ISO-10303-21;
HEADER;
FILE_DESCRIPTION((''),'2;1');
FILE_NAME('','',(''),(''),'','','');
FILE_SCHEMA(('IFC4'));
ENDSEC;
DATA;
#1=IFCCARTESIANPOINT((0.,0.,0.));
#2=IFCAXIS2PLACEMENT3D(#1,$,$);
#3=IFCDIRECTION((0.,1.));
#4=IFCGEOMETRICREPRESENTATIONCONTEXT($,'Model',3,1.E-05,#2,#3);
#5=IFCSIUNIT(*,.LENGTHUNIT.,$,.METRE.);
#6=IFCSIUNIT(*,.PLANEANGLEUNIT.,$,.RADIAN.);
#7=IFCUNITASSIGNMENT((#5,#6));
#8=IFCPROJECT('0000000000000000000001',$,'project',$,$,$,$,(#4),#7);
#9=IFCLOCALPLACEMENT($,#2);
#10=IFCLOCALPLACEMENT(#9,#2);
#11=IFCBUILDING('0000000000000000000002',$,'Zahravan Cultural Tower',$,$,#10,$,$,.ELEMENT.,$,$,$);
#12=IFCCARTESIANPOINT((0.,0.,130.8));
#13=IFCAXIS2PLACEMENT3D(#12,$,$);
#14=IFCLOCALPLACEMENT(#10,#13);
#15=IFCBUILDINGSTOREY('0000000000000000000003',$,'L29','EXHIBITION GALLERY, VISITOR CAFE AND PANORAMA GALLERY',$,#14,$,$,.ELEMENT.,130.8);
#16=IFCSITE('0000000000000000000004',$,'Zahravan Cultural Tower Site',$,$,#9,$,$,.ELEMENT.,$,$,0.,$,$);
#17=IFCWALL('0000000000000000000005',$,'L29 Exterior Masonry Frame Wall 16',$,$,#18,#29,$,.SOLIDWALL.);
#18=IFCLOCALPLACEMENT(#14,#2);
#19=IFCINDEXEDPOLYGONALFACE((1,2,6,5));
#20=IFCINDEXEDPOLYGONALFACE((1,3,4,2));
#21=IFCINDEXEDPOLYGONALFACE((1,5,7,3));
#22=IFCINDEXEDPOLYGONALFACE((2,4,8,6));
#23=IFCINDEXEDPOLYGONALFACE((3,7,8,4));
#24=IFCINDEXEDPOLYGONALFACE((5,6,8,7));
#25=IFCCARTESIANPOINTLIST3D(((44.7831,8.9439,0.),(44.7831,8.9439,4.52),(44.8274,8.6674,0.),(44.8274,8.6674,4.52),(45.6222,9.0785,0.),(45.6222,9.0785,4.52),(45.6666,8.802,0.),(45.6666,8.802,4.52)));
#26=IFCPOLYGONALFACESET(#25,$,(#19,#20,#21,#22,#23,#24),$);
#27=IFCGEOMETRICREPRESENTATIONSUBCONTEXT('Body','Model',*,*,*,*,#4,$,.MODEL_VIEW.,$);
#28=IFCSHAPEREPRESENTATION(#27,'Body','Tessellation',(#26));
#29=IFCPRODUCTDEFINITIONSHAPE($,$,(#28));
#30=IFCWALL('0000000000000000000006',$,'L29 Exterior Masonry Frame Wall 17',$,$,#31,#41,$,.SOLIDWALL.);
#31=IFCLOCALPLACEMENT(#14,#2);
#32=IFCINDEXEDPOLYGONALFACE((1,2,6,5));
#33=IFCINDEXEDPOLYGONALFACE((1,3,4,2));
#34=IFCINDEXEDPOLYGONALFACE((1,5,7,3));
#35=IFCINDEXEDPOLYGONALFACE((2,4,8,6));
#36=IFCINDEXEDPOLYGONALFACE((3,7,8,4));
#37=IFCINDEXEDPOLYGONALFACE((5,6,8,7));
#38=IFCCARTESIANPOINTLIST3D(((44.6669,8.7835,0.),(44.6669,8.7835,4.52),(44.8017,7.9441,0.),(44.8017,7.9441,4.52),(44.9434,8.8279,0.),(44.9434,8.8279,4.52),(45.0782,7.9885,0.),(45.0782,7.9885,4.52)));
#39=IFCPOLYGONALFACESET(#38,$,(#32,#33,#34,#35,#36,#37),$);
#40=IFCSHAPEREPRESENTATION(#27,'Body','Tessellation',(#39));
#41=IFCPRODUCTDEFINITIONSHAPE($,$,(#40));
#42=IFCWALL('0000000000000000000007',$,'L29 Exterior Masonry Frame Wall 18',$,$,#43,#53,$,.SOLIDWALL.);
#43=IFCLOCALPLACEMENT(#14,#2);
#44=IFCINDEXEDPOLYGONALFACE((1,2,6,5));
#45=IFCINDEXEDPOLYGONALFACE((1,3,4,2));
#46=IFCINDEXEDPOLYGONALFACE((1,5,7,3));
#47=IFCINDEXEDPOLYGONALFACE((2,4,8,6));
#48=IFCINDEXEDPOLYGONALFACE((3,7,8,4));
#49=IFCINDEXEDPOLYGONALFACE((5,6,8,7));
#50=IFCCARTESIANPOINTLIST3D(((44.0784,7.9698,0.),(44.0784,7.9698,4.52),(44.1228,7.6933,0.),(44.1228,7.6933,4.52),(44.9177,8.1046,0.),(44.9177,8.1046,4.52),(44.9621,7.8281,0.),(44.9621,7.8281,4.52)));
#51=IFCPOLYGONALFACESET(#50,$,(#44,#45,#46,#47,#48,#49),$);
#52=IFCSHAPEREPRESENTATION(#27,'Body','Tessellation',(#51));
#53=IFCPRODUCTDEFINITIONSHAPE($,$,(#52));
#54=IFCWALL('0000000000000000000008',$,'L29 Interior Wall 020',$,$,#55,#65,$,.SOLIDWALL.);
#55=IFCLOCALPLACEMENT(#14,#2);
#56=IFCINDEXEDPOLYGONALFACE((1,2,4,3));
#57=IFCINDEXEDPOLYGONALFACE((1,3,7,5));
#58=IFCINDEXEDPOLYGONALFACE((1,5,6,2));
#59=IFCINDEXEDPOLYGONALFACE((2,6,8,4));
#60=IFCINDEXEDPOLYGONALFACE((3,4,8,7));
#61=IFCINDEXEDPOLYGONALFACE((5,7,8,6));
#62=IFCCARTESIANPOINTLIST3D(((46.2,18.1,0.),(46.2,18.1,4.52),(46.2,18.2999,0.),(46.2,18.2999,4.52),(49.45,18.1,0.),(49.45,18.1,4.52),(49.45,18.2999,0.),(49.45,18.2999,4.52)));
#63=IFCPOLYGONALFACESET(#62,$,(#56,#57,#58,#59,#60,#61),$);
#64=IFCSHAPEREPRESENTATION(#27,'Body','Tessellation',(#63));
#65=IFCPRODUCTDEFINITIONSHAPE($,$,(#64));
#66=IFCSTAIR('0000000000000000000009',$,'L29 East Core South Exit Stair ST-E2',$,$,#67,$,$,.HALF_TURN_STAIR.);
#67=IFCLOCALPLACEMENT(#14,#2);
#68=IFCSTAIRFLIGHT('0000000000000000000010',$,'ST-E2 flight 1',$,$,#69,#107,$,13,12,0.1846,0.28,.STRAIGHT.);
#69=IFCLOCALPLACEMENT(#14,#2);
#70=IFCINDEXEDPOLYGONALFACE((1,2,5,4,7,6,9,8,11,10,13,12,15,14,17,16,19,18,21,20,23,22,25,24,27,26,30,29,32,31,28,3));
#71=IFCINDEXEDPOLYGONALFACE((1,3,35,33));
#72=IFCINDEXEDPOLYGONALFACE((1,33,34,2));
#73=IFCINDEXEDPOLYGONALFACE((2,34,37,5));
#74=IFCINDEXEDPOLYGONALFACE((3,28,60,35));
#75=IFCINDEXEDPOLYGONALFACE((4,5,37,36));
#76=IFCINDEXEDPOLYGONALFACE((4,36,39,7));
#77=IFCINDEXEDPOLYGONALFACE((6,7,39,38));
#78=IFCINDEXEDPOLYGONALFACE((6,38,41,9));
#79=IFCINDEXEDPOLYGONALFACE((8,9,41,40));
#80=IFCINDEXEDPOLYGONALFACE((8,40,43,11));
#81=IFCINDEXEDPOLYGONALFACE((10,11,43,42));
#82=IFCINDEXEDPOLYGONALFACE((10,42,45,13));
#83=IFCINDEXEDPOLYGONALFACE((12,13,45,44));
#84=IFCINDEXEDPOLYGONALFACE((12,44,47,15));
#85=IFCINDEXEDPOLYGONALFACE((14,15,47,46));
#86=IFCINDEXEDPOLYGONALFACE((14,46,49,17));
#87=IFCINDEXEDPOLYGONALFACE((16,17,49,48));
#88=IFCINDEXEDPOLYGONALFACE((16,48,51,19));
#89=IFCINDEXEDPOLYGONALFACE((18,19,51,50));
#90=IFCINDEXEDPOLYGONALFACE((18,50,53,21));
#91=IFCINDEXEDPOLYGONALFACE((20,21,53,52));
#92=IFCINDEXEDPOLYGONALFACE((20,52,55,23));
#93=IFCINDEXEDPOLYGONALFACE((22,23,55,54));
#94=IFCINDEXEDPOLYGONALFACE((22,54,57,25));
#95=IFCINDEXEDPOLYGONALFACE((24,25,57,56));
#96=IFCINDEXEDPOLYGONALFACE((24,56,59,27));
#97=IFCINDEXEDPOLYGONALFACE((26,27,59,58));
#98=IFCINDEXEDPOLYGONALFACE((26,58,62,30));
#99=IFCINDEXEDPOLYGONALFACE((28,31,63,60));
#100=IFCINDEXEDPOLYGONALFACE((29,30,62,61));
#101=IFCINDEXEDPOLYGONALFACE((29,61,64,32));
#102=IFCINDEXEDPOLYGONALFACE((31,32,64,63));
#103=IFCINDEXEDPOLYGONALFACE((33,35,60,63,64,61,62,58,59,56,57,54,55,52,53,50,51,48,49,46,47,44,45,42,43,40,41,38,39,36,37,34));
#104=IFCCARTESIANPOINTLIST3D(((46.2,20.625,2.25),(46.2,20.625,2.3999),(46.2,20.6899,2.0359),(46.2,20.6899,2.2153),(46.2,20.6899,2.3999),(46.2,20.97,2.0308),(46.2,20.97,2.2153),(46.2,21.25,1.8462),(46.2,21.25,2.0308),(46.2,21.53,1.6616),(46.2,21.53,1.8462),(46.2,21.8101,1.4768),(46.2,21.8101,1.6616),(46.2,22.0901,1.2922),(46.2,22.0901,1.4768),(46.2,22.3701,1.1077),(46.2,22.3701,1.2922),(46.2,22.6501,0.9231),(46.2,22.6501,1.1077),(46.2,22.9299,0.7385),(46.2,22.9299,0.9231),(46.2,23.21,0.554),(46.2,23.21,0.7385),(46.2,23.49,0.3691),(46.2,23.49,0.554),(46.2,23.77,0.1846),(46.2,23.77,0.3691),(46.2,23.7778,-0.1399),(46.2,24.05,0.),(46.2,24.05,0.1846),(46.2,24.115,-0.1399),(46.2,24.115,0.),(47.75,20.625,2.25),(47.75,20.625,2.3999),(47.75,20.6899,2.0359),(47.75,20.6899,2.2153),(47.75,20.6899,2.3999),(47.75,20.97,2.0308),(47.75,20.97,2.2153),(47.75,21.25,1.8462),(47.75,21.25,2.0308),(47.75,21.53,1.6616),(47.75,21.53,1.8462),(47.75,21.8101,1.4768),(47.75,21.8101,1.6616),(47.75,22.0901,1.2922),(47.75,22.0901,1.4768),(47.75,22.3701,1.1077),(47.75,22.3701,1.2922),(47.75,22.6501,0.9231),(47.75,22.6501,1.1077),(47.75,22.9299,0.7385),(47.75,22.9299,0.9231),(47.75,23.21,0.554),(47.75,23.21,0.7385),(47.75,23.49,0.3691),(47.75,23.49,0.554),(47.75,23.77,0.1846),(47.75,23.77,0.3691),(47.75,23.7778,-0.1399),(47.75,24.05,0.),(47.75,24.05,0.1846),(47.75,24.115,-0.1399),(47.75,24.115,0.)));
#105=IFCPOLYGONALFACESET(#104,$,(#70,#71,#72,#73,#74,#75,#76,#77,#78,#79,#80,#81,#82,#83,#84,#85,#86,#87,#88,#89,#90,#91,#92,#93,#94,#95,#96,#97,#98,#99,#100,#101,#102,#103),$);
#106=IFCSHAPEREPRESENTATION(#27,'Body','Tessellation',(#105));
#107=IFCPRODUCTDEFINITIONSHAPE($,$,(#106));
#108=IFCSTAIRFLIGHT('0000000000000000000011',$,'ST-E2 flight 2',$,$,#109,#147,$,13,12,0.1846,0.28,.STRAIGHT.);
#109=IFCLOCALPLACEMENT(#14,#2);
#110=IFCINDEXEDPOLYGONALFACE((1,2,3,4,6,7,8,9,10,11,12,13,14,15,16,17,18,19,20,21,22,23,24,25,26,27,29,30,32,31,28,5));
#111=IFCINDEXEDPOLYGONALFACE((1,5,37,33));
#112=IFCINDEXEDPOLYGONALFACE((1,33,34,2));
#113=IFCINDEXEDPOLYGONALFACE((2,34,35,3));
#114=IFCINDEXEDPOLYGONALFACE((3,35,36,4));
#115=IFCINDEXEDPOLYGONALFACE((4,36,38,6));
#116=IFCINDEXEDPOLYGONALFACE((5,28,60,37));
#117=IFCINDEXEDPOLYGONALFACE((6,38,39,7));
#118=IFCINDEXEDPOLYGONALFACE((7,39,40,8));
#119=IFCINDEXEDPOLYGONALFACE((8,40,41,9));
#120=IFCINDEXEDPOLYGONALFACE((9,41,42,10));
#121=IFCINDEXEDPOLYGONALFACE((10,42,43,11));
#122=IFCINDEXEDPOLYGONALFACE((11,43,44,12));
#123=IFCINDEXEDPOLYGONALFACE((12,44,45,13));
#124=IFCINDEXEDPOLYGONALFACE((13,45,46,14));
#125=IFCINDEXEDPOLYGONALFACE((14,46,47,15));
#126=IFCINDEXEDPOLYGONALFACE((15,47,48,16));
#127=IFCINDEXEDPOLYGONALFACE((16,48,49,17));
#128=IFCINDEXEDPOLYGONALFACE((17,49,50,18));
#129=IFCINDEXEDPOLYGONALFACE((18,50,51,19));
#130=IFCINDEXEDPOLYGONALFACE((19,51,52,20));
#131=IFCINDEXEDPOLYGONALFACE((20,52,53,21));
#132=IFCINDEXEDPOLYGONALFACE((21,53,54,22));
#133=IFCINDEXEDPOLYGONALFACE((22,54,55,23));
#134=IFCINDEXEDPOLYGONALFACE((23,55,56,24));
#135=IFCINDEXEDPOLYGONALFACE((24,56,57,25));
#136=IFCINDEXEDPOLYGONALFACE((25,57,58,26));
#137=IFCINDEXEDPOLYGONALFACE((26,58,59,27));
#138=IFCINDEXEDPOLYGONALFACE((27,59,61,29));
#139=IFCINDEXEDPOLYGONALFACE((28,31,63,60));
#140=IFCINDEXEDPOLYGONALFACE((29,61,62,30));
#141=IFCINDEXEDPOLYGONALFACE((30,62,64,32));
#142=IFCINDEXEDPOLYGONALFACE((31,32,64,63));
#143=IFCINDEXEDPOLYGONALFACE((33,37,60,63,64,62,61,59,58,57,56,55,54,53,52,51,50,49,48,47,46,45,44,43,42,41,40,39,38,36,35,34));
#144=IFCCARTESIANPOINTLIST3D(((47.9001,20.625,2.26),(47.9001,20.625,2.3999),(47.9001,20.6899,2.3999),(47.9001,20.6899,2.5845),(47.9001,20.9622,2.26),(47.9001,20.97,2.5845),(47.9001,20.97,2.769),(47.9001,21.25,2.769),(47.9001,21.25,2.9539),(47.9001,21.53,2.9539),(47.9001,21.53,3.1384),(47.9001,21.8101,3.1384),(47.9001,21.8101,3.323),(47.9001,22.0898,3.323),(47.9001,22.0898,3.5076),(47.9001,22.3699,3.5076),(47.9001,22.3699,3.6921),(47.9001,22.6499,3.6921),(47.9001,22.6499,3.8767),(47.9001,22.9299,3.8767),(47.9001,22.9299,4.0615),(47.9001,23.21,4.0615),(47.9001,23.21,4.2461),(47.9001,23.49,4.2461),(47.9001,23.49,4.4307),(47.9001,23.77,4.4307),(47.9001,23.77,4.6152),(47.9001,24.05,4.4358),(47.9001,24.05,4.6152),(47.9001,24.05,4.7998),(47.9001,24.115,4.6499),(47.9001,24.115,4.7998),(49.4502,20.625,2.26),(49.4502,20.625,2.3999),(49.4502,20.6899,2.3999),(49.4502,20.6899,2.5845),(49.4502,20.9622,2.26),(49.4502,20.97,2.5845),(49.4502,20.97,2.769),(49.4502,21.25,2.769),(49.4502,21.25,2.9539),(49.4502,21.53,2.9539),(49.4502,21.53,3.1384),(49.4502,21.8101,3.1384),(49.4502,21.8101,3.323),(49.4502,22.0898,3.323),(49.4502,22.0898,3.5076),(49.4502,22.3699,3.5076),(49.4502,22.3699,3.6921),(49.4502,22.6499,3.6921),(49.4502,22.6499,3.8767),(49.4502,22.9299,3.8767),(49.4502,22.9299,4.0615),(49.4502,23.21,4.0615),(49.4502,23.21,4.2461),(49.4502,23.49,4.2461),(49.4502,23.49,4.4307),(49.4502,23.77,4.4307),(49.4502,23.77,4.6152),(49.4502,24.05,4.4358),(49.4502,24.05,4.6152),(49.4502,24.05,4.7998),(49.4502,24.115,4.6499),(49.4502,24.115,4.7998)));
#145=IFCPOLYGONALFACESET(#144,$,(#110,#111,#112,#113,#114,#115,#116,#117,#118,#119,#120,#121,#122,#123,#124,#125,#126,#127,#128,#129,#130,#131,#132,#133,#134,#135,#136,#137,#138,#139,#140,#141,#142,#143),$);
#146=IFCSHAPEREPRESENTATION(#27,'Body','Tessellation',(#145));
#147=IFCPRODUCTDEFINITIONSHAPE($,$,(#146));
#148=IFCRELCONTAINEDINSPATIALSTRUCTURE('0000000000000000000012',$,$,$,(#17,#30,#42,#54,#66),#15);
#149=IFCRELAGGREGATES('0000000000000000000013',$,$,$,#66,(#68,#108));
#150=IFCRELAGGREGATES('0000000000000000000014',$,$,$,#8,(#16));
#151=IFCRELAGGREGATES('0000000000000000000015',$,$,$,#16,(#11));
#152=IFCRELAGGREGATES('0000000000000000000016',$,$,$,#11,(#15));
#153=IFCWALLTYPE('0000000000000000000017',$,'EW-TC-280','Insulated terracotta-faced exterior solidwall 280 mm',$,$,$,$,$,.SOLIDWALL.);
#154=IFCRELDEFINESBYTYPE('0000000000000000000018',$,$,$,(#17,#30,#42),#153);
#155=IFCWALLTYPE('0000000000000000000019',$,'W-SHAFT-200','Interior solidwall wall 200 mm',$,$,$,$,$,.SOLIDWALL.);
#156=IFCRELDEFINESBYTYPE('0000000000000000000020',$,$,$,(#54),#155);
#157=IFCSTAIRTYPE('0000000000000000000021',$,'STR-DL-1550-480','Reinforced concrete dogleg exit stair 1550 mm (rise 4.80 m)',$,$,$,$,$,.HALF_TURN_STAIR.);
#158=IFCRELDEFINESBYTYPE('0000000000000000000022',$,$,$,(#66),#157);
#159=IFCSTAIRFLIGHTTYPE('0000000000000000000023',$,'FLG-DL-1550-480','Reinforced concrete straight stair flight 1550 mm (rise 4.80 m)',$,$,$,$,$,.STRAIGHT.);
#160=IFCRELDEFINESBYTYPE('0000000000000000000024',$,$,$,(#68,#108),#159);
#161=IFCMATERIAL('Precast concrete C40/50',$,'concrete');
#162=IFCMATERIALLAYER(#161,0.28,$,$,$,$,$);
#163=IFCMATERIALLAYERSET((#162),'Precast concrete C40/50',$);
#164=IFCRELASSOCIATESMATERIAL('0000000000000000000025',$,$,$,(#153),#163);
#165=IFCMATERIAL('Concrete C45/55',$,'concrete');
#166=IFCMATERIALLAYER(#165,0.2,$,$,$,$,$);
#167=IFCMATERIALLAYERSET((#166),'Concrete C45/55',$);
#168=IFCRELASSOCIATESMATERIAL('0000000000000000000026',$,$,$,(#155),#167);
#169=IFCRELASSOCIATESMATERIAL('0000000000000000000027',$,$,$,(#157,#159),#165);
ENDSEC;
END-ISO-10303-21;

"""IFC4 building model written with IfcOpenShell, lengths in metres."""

from ifc_helpers import new_model, si_unit, direction, frame, frame_2d, origin, place, context, subcontext, project, spatial, polyline, rectangle, outline, extrude, source, transform, mapped, material, layer, layer_set, type_object, element, aggregate, save


model = new_model("IFC4")

# Units and contexts
model_context = context("Model", 3, precision=1e-05, world=origin(), true_north=direction((0.0, 1.0)))
body_context = subcontext(model_context, "Body", "Model", "MODEL_VIEW")
ifc_project = project(units=[si_unit("LENGTHUNIT", "METRE"), si_unit("PLANEANGLEUNIT", "RADIAN")], contexts=[model_context])

# Site, building, storey
site_placement = place(None, origin())
site = spatial("IfcSite", under=ifc_project, at=site_placement, Name="Zahravan Cultural Tower Site", CompositionType="ELEMENT", RefElevation=0.0)
building_placement = place(site_placement, origin())
building = spatial("IfcBuilding", under=site, at=building_placement, Name="Zahravan Cultural Tower", CompositionType="ELEMENT")
storey_placement = place(building_placement, frame((0.0, 0.0, 130.8)))
storey = spatial("IfcBuildingStorey", under=building, at=storey_placement, Name="L29", Description="EXHIBITION GALLERY, VISITOR CAFE AND PANORAMA GALLERY", CompositionType="ELEMENT", Elevation=130.8)

# Shared definitions
ifc_material_1 = material(Name="Precast concrete C40/50", Category="concrete")
ifc_layer_1 = layer(ifc_material_1, 0.28)
ifc_layer_set_1 = layer_set([ifc_layer_1], Name="Precast concrete C40/50")
wall_type_1 = type_object("IfcWallType", Name="EW-TC-280", Description="Insulated terracotta-faced exterior solidwall 280 mm", PredefinedType="SOLIDWALL", material=ifc_layer_set_1)

# Shared definitions
ifc_material_2 = material(Name="Concrete C45/55", Category="concrete")
ifc_layer_2 = layer(ifc_material_2, 0.2)
ifc_layer_set_2 = layer_set([ifc_layer_2], Name="Concrete C45/55")
wall_type_2 = type_object("IfcWallType", Name="W-SHAFT-200", Description="Interior solidwall wall 200 mm", PredefinedType="SOLIDWALL", material=ifc_layer_set_2)

# Walls
shared_shape_1 = source(origin(), body_context, "Body", "SweptSolid", [
    extrude(rectangle(XDim=0.8499, YDim=0.28, at=frame_2d((0.4248, 0.0))), origin(), (0.0, 0.0, 1.0), 4.52),
])
wall_1_placement = place(storey_placement, frame((45.6443, 8.9402, 0.0), z_axis=(0.0, 0.0, 1.0), x_axis=(-0.987392, -0.158293, 0.0)))
element("IfcWall", 1, at=wall_1_placement, inside=storey, type_object=wall_type_1, Name="L29 Exterior Masonry Frame Wall 16", PredefinedType="SOLIDWALL", context=body_context, shape_type="MappedRepresentation", body=[
    mapped(shared_shape_1, transform((0.0, 0.0, 0.0), x_axis=(1.0, 0.0, 0.0), y_axis=(0.0, 1.0, 0.0), z_axis=(0.0, 0.0, 1.0), scale=1.0)),
])
shared_shape_2 = source(origin(), body_context, "Body", "SweptSolid", [
    extrude(rectangle(XDim=0.8501, YDim=0.28, at=frame_2d((0.425, 0.0))), origin(), (0.0, 0.0, 1.0), 4.52),
])
for number, where, z_axis, x_axis, name in (
    (2, (44.8052, 8.8057, 0.0), (0.0, 0.0, 1.0), (0.158528, -0.987354, 0.0), "L29 Exterior Masonry Frame Wall 17"),
    (3, (44.9399, 7.9663, 0.0), (0.0, 0.0, 1.0), (-0.987354, -0.158528, 0.0), "L29 Exterior Masonry Frame Wall 18"),
):
    element("IfcWall", number, at=place(storey_placement, frame(where, z_axis=z_axis, x_axis=x_axis)), inside=storey, type_object=wall_type_1, Name=name, PredefinedType="SOLIDWALL", context=body_context, shape_type="MappedRepresentation", body=[
        mapped(shared_shape_2, transform((0.0, 0.0, 0.0), x_axis=(1.0, 0.0, 0.0), y_axis=(0.0, 1.0, 0.0), z_axis=(0.0, 0.0, 1.0), scale=1.0)),
    ])
shared_shape_3 = source(origin(), body_context, "Body", "SweptSolid", [
    extrude(rectangle(XDim=3.25, YDim=0.2, at=frame_2d((1.625, 0.0))), origin(), (0.0, 0.0, 1.0), 4.52),
])
wall_2_placement = place(storey_placement, frame((46.2, 18.2, 0.0), z_axis=(0.0, 0.0, 1.0), x_axis=(1.0, 0.0, 0.0)))
element("IfcWall", 4, at=wall_2_placement, inside=storey, type_object=wall_type_2, Name="L29 Interior Wall 020", PredefinedType="SOLIDWALL", context=body_context, shape_type="MappedRepresentation", body=[
    mapped(shared_shape_3, transform((0.0, 0.0, 0.0), x_axis=(1.0, 0.0, 0.0), y_axis=(0.0, 1.0, 0.0), z_axis=(0.0, 0.0, 1.0), scale=1.0)),
])

# Stair, stair flights
stair_type = type_object("IfcStairType", Name="STR-DL-1550-480", Description="Reinforced concrete dogleg exit stair 1550 mm (rise 4.80 m)", PredefinedType="HALF_TURN_STAIR", material=ifc_material_2)
stair_placement = place(storey_placement, origin())
stair = element("IfcStair", 5, at=stair_placement, inside=storey, type_object=stair_type, Name="L29 East Core South Exit Stair ST-E2", PredefinedType="HALF_TURN_STAIR")
stair_flight_type = type_object("IfcStairFlightType", Name="FLG-DL-1550-480", Description="Reinforced concrete straight stair flight 1550 mm (rise 4.80 m)", PredefinedType="STRAIGHT", material=ifc_material_2)
stair_flight_1_placement = place(storey_placement, frame((46.9751, 24.05, 0.0), z_axis=(0.0, 0.0, 1.0), x_axis=(0.0, -1.0, 0.0)))
stair_flight_1 = element("IfcStairFlight", 6, at=stair_flight_1_placement, type_object=stair_flight_type, Name="ST-E2 flight 1", NumberOfRisers=13, NumberOfTreads=12, PredefinedType="STRAIGHT", RiserHeight=0.1846, TreadLength=0.28, context=body_context, shape_type="SweptSolid", body=[
    extrude(outline(polyline([(-0.0649, -0.1399), (-0.0649, 0.0), (0.0, 0.0), (0.0, 0.1846), (0.28, 0.1846), (0.28, 0.3691), (0.5601, 0.3691), (0.5601, 0.554), (0.8401, 0.554), (0.8401, 0.7385), (1.1201, 0.7385), (1.1201, 0.9231), (1.3999, 0.9231), (1.3999, 1.1077), (1.6799, 1.1077), (1.6799, 1.2922), (1.96, 1.2922), (1.96, 1.4768), (2.24, 1.4768), (2.24, 1.6616), (2.52, 1.6616), (2.52, 1.8462), (2.8, 1.8462), (2.8, 2.0308), (3.0801, 2.0308), (3.0801, 2.2153), (3.3601, 2.2153), (3.3601, 2.3999), (3.425, 2.3999), (3.425, 2.25), (3.3601, 2.0359), (0.2722, -0.1399), (-0.0649, -0.1399)])), frame((0.0, 0.7749, 0.0), z_axis=(0.0, -1.0, 0.0), x_axis=(1.0, 0.0, 0.0)), (0.0, 0.0, 1.0), 1.55),
])
stair_flight_2_placement = place(storey_placement, frame((48.675, 20.6899, 2.3999), z_axis=(0.0, 0.0, 1.0), x_axis=(0.0, 1.0, 0.0)))
stair_flight_2 = element("IfcStairFlight", 7, at=stair_flight_2_placement, type_object=stair_flight_type, Name="ST-E2 flight 2", NumberOfRisers=13, NumberOfTreads=12, PredefinedType="STRAIGHT", RiserHeight=0.1846, TreadLength=0.28, context=body_context, shape_type="SweptSolid", body=[
    extrude(outline(polyline([(-0.0649, -0.1399), (-0.0649, 0.0), (0.0, 0.0), (0.0, 0.1846), (0.28, 0.1846), (0.28, 0.3691), (0.5601, 0.3691), (0.5601, 0.554), (0.8401, 0.554), (0.8401, 0.7385), (1.1201, 0.7385), (1.1201, 0.9231), (1.3999, 0.9231), (1.3999, 1.1077), (1.6799, 1.1077), (1.6799, 1.2922), (1.96, 1.2922), (1.96, 1.4768), (2.24, 1.4768), (2.24, 1.6616), (2.52, 1.6616), (2.52, 1.8462), (2.8, 1.8462), (2.8, 2.0308), (3.0801, 2.0308), (3.0801, 2.2153), (3.3601, 2.2153), (3.3601, 2.3999), (3.425, 2.3999), (3.425, 2.25), (3.3601, 2.0359), (0.2722, -0.1399), (-0.0649, -0.1399)])), frame((0.0, 0.7749, 0.0), z_axis=(0.0, -1.0, 0.0), x_axis=(1.0, 0.0, 0.0)), (0.0, 0.0, 1.0), 1.55),
])
aggregate(stair, [stair_flight_1, stair_flight_2])

save(model, "model.ifc")
